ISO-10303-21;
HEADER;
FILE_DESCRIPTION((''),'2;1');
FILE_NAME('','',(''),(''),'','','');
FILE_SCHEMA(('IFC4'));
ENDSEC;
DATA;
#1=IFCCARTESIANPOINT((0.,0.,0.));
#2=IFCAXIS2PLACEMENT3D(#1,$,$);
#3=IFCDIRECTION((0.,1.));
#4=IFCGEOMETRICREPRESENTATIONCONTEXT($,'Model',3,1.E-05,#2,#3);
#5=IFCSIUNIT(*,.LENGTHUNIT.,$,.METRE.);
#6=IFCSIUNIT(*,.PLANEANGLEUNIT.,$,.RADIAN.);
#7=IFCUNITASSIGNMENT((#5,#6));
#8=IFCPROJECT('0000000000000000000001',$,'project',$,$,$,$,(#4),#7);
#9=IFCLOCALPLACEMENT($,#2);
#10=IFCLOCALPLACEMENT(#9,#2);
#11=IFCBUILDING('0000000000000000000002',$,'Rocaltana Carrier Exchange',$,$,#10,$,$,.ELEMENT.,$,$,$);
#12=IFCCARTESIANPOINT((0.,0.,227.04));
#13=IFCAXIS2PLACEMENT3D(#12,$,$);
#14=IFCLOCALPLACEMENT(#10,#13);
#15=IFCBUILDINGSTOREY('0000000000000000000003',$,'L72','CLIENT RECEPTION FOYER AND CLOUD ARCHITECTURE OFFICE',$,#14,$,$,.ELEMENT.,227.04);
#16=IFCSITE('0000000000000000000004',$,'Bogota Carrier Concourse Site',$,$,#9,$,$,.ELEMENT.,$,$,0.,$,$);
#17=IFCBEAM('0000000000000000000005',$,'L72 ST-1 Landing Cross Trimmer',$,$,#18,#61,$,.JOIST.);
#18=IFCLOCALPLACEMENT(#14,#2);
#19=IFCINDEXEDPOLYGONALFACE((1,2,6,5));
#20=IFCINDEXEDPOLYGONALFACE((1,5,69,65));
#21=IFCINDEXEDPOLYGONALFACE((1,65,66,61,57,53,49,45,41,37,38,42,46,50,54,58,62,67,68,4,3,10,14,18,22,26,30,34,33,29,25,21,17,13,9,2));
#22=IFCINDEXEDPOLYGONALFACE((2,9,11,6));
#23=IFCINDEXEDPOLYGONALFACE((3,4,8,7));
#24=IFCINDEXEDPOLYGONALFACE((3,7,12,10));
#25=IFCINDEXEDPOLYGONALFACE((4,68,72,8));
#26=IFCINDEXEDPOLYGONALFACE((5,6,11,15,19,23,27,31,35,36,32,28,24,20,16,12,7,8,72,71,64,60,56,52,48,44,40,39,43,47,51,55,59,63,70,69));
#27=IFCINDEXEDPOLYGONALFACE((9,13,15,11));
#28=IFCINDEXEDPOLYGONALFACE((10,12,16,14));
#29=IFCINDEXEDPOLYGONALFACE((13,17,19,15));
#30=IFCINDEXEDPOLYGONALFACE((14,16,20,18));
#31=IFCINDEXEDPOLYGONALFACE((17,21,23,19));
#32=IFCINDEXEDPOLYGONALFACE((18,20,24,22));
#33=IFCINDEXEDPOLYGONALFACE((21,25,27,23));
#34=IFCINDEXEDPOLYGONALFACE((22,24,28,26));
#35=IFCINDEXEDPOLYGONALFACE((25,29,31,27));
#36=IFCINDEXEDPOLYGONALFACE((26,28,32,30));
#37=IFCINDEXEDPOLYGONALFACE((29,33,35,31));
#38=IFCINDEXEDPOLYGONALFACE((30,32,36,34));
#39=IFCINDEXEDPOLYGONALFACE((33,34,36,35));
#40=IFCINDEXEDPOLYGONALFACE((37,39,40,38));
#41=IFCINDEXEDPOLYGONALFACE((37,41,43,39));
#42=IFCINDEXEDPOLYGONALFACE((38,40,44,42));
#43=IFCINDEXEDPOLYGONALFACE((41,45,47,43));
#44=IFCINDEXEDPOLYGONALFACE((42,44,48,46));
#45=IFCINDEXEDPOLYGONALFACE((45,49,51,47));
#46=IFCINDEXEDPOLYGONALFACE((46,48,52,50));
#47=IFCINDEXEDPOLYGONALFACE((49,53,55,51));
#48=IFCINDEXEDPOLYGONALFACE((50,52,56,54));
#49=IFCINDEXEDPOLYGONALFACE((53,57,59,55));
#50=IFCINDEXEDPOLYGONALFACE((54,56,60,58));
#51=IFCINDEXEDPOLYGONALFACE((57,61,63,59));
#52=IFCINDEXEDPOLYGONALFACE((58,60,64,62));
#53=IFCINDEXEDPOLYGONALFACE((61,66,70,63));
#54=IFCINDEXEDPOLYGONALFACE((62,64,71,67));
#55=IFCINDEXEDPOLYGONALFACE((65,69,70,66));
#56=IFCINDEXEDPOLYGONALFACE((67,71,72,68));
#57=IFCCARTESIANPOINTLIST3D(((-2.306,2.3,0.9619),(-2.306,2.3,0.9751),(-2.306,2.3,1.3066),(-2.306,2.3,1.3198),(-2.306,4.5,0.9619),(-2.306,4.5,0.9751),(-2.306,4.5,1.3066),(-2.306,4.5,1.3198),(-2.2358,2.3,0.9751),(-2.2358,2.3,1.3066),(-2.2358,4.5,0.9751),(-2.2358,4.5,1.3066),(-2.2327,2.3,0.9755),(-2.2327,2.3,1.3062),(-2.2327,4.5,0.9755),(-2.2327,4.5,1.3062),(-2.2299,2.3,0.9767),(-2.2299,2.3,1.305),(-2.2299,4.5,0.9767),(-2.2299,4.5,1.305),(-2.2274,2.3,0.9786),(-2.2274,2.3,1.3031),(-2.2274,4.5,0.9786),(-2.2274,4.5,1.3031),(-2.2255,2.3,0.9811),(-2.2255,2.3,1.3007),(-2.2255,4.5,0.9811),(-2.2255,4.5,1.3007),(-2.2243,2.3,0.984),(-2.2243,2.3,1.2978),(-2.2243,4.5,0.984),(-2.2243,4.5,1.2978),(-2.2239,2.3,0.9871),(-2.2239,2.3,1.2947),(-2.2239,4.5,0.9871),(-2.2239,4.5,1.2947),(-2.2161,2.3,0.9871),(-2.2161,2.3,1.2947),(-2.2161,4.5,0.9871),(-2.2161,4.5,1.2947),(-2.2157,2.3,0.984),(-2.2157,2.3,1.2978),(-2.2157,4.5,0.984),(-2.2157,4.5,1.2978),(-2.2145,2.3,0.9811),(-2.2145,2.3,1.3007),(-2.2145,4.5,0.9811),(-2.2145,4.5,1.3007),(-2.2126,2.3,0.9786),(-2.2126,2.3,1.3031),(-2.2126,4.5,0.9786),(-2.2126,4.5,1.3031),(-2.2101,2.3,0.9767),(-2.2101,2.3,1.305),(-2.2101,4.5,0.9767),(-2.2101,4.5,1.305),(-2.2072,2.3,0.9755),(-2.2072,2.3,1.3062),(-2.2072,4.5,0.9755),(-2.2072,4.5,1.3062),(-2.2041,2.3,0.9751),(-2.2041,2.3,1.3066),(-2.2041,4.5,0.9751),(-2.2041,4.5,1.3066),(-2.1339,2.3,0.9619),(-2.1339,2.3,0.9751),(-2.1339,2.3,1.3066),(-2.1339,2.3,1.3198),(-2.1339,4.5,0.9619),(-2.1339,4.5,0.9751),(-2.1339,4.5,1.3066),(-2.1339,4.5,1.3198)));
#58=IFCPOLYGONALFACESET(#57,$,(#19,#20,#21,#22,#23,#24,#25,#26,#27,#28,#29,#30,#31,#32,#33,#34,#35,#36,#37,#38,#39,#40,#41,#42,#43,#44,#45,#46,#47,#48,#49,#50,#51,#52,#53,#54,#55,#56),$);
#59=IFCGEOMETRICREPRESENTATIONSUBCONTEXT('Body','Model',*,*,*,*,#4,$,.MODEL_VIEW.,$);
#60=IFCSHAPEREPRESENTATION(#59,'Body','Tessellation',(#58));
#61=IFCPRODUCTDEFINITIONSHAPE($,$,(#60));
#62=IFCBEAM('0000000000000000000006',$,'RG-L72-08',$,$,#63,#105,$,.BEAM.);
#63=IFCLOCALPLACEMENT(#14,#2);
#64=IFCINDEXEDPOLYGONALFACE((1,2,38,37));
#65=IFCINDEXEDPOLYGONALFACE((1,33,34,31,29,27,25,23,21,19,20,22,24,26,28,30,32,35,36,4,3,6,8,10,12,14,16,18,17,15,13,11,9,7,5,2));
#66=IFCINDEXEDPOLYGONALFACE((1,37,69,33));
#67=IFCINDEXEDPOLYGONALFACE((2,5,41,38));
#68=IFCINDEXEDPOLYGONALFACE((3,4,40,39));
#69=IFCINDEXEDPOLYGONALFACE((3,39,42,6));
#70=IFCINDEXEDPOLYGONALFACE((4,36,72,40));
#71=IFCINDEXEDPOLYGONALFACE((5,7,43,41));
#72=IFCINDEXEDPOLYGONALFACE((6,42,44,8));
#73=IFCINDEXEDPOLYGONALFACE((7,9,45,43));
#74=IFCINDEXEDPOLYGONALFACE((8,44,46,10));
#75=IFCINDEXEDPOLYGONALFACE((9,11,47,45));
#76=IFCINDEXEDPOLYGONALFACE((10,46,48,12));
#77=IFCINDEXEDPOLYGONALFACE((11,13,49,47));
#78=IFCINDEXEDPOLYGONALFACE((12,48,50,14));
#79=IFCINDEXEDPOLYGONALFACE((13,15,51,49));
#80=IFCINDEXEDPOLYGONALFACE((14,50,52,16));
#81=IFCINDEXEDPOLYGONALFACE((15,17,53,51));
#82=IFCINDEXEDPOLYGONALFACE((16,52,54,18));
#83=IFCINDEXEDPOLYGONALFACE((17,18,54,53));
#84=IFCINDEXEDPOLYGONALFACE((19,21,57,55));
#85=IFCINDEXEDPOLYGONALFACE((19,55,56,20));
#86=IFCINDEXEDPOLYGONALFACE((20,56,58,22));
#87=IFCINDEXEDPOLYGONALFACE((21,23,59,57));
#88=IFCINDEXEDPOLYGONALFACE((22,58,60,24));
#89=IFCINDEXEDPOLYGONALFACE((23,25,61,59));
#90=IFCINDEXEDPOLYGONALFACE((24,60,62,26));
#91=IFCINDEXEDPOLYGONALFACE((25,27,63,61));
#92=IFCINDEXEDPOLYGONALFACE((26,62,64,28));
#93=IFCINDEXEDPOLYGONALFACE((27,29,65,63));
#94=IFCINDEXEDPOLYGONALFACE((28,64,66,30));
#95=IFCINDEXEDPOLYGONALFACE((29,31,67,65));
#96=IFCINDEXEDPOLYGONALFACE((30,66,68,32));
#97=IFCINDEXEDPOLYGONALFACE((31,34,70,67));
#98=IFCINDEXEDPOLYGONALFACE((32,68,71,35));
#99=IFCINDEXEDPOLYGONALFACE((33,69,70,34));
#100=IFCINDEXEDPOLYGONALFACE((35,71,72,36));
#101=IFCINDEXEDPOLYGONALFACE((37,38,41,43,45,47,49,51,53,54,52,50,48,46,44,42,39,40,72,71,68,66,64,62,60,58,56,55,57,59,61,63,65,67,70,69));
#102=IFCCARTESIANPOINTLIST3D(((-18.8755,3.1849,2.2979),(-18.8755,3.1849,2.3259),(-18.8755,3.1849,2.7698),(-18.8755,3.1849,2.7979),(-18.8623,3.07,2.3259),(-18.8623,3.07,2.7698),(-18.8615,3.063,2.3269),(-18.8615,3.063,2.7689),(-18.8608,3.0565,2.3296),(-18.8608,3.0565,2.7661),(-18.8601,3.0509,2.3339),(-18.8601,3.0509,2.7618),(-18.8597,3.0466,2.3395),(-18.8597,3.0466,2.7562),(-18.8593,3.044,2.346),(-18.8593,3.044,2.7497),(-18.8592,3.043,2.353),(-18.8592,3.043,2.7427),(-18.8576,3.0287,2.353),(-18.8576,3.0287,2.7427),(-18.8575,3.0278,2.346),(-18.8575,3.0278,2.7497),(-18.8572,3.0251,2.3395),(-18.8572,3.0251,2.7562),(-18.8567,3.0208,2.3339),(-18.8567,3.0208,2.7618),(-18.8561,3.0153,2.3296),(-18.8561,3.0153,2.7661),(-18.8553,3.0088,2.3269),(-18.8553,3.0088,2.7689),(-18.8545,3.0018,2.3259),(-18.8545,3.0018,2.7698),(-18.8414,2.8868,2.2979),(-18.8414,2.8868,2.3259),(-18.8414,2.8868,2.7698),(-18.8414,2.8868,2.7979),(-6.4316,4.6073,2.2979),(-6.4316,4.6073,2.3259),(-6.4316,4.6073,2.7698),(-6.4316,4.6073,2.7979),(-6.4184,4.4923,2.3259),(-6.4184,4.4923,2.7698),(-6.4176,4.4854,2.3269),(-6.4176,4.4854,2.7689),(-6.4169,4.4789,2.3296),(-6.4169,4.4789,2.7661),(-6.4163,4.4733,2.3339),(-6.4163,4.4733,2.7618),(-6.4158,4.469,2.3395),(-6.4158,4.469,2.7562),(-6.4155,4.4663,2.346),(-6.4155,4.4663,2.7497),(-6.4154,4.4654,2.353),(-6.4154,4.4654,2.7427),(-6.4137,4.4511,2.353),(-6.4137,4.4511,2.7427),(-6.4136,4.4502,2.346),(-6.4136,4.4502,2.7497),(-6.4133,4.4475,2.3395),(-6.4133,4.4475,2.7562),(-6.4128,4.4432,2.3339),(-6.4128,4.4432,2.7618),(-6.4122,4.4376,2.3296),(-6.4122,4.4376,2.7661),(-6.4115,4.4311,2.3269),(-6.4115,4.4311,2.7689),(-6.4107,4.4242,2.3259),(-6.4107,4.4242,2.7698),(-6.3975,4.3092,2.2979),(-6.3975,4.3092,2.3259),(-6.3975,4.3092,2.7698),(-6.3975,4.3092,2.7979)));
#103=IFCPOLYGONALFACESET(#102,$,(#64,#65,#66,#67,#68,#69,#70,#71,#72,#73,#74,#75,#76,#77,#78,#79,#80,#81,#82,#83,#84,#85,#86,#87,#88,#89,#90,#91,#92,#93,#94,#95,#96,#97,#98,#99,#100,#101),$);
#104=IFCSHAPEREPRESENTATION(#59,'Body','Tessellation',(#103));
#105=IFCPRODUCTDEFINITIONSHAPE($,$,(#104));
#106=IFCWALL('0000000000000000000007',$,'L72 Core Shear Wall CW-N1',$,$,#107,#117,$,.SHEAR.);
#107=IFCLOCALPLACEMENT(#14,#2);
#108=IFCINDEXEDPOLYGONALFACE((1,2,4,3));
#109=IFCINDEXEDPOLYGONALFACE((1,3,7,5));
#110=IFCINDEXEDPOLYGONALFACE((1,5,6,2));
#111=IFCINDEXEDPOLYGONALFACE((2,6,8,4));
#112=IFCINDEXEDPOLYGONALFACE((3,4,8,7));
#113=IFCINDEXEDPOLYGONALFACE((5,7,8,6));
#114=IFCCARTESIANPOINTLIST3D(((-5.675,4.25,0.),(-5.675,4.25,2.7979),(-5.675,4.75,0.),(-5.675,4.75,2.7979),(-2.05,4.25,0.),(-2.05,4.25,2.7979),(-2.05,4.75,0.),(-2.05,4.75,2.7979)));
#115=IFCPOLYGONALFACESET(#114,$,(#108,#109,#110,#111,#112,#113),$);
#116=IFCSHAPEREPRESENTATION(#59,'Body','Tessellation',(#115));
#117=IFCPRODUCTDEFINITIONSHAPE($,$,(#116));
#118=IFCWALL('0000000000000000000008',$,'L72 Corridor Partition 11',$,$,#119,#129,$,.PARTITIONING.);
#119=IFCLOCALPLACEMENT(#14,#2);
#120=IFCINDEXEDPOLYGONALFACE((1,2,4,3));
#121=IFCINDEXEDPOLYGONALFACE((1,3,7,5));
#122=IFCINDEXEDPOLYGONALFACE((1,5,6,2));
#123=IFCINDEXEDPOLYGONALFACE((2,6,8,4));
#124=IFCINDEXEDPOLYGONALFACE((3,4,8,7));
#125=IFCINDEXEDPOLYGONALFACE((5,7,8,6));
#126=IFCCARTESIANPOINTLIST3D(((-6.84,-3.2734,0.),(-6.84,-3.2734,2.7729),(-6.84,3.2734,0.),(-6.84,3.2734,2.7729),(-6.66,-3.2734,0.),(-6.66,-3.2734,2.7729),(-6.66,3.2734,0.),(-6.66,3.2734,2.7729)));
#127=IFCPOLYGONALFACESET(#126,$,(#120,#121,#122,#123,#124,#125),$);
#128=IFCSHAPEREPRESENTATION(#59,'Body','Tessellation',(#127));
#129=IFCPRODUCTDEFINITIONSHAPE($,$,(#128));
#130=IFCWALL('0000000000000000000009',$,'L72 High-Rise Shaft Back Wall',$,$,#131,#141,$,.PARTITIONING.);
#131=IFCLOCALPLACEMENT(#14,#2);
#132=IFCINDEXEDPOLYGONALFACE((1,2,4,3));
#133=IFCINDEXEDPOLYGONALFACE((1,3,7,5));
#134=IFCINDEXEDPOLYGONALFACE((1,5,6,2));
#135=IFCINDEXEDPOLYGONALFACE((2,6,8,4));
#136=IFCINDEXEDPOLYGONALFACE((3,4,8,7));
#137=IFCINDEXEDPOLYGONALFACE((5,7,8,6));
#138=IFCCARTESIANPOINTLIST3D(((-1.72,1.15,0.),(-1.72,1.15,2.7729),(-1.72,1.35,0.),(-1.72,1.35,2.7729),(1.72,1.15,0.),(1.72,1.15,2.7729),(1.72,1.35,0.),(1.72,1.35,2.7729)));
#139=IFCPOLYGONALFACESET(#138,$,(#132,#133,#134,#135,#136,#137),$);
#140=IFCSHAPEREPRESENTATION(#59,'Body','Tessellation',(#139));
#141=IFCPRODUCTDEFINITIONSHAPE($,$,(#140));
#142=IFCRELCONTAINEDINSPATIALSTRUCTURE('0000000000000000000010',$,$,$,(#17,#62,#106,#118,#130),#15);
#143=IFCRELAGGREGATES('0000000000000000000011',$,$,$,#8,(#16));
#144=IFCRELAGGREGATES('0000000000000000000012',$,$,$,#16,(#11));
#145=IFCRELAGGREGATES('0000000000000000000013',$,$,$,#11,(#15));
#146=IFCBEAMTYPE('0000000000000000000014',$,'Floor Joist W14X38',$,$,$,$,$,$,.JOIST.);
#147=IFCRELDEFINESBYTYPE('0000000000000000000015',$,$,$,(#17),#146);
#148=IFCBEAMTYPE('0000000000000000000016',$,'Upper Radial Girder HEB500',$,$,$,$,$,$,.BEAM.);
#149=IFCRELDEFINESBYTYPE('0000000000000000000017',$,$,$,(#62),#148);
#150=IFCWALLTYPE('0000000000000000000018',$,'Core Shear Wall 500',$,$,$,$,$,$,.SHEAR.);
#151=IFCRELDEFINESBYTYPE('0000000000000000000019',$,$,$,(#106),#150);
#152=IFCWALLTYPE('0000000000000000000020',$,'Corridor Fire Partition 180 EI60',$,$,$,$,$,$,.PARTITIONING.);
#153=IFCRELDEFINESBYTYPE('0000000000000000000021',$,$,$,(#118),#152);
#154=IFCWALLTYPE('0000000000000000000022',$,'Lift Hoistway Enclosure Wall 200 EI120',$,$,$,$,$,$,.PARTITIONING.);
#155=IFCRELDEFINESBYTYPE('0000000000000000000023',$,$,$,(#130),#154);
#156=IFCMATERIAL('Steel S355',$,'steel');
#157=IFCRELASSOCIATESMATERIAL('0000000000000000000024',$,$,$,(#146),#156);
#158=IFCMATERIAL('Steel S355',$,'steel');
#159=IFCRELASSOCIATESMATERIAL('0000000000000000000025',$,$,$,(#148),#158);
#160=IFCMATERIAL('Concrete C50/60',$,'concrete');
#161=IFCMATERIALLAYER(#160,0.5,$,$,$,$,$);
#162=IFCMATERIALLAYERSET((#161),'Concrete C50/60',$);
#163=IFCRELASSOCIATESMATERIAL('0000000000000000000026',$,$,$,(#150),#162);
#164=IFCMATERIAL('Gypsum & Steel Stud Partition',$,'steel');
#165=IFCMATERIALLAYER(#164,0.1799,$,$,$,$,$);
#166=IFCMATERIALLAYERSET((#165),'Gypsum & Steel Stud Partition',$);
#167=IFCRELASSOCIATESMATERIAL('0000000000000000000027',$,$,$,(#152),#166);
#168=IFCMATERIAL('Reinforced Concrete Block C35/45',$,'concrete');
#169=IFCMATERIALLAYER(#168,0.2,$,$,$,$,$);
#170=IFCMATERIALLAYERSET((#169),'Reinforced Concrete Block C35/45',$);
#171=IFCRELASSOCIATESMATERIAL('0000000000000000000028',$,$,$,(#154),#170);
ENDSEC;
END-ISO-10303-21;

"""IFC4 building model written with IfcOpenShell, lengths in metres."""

from ifc_helpers import new_model, si_unit, direction, frame, frame_2d, origin, origin_2d, place, context, subcontext, project, spatial, rectangle, i_section, extrude, material, layer, layer_set, material_profile, profile_set, type_object, element, save


model = new_model("IFC4")

# Units and contexts
model_context = context("Model", 3, precision=1e-05, world=origin(), true_north=direction((0.0, 1.0)))
body_context = subcontext(model_context, "Body", "Model", "MODEL_VIEW")
ifc_project = project(units=[si_unit("LENGTHUNIT", "METRE"), si_unit("PLANEANGLEUNIT", "RADIAN")], contexts=[model_context])

# Site, building, storey
site_placement = place(None, origin())
site = spatial("IfcSite", under=ifc_project, at=site_placement, Name="Bogota Carrier Concourse Site", CompositionType="ELEMENT", RefElevation=0.0)
building_placement = place(site_placement, origin())
building = spatial("IfcBuilding", under=site, at=building_placement, Name="Rocaltana Carrier Exchange", CompositionType="ELEMENT")
storey_placement = place(building_placement, frame((0.0, 0.0, 227.04)))
storey = spatial("IfcBuildingStorey", under=building, at=storey_placement, Name="L72", Description="CLIENT RECEPTION FOYER AND CLOUD ARCHITECTURE OFFICE", CompositionType="ELEMENT", Elevation=227.04)

# Beams
ifc_material_1 = material(Name="Steel S355", Category="steel")
ifc_material_profile_1 = material_profile(ifc_material_1, i_section(OverallWidth=0.1721, OverallDepth=0.3579, WebThickness=0.0078, FlangeThickness=0.0132, FilletRadius=0.012, at=origin_2d()), Name="W14X38")
ifc_profile_set_1 = profile_set([ifc_material_profile_1], Name="Steel S355")
beam_type_1 = type_object("IfcBeamType", Name="Floor Joist W14X38", PredefinedType="JOIST", material=ifc_profile_set_1)
beam_1_placement = place(storey_placement, frame((-2.22, 2.3, 1.1409), z_axis=(0.0, 1.0, 0.0), x_axis=(-1.0, 0.0, 0.0)))
element("IfcBeam", 1, at=beam_1_placement, inside=storey, type_object=beam_type_1, Name="L72 ST-1 Landing Cross Trimmer", PredefinedType="JOIST", context=body_context, shape_type="SweptSolid", body=[
    extrude(i_section(OverallWidth=0.1721, OverallDepth=0.3579, WebThickness=0.0078, FlangeThickness=0.0132, FilletRadius=0.012, at=origin_2d()), origin(), (0.0, 0.0, 1.0), 2.2),
])
ifc_material_2 = material(Name="Steel S355", Category="steel")
ifc_material_profile_2 = material_profile(ifc_material_2, i_section(OverallWidth=0.3, OverallDepth=0.5, WebThickness=0.0144, FlangeThickness=0.0281, FilletRadius=0.0271, at=origin_2d()), Name="HEB500")
ifc_profile_set_2 = profile_set([ifc_material_profile_2], Name="Steel S355")
beam_type_2 = type_object("IfcBeamType", Name="Upper Radial Girder HEB500", PredefinedType="BEAM", material=ifc_profile_set_2)
beam_2_placement = place(storey_placement, frame((-6.4146, 4.4583, 2.5479), z_axis=(-0.993531, -0.113563, 0.0), x_axis=(0.113563, -0.993531, 0.0)))
element("IfcBeam", 2, at=beam_2_placement, inside=storey, type_object=beam_type_2, Name="RG-L72-08", PredefinedType="BEAM", context=body_context, shape_type="SweptSolid", body=[
    extrude(i_section(OverallWidth=0.3, OverallDepth=0.5, WebThickness=0.0144, FlangeThickness=0.0281, FilletRadius=0.0271, at=origin_2d()), origin(), (0.0, 0.0, 1.0), 12.5249),
])

# Walls
ifc_material_3 = material(Name="Concrete C50/60", Category="concrete")
ifc_layer_1 = layer(ifc_material_3, 0.5)
ifc_layer_set_1 = layer_set([ifc_layer_1], Name="Concrete C50/60")
wall_type_1 = type_object("IfcWallType", Name="Core Shear Wall 500", PredefinedType="SHEAR", material=ifc_layer_set_1)
wall_1_placement = place(storey_placement, frame((-5.675, 4.5, 0.0), z_axis=(0.0, 0.0, 1.0), x_axis=(1.0, 0.0, 0.0)))
element("IfcWall", 3, at=wall_1_placement, inside=storey, type_object=wall_type_1, Name="L72 Core Shear Wall CW-N1", PredefinedType="SHEAR", context=body_context, shape_type="SweptSolid", body=[
    extrude(rectangle(XDim=3.625, YDim=0.5, at=frame_2d((1.8125, 0.0))), origin(), (0.0, 0.0, 1.0), 2.7979),
])
ifc_material_4 = material(Name="Gypsum & Steel Stud Partition", Category="steel")
ifc_layer_2 = layer(ifc_material_4, 0.1799)
ifc_layer_set_2 = layer_set([ifc_layer_2], Name="Gypsum & Steel Stud Partition")
wall_type_2 = type_object("IfcWallType", Name="Corridor Fire Partition 180 EI60", PredefinedType="PARTITIONING", material=ifc_layer_set_2)
wall_2_placement = place(storey_placement, frame((-6.75, 3.2734, 0.0), z_axis=(0.0, 0.0, 1.0), x_axis=(0.0, -1.0, 0.0)))
element("IfcWall", 4, at=wall_2_placement, inside=storey, type_object=wall_type_2, Name="L72 Corridor Partition 11", PredefinedType="PARTITIONING", context=body_context, shape_type="SweptSolid", body=[
    extrude(rectangle(XDim=6.5469, YDim=0.1799, at=frame_2d((3.2734, 0.0))), origin(), (0.0, 0.0, 1.0), 2.7729),
])
ifc_material_5 = material(Name="Reinforced Concrete Block C35/45", Category="concrete")
ifc_layer_3 = layer(ifc_material_5, 0.2)
ifc_layer_set_3 = layer_set([ifc_layer_3], Name="Reinforced Concrete Block C35/45")
wall_type_3 = type_object("IfcWallType", Name="Lift Hoistway Enclosure Wall 200 EI120", PredefinedType="PARTITIONING", material=ifc_layer_set_3)
wall_3_placement = place(storey_placement, frame((-1.72, 1.25, 0.0), z_axis=(0.0, 0.0, 1.0), x_axis=(1.0, 0.0, 0.0)))
element("IfcWall", 5, at=wall_3_placement, inside=storey, type_object=wall_type_3, Name="L72 High-Rise Shaft Back Wall", PredefinedType="PARTITIONING", context=body_context, shape_type="SweptSolid", body=[
    extrude(rectangle(XDim=3.4399, YDim=0.2, at=frame_2d((1.72, 0.0))), origin(), (0.0, 0.0, 1.0), 2.7729),
])

save(model, "model.ifc")
